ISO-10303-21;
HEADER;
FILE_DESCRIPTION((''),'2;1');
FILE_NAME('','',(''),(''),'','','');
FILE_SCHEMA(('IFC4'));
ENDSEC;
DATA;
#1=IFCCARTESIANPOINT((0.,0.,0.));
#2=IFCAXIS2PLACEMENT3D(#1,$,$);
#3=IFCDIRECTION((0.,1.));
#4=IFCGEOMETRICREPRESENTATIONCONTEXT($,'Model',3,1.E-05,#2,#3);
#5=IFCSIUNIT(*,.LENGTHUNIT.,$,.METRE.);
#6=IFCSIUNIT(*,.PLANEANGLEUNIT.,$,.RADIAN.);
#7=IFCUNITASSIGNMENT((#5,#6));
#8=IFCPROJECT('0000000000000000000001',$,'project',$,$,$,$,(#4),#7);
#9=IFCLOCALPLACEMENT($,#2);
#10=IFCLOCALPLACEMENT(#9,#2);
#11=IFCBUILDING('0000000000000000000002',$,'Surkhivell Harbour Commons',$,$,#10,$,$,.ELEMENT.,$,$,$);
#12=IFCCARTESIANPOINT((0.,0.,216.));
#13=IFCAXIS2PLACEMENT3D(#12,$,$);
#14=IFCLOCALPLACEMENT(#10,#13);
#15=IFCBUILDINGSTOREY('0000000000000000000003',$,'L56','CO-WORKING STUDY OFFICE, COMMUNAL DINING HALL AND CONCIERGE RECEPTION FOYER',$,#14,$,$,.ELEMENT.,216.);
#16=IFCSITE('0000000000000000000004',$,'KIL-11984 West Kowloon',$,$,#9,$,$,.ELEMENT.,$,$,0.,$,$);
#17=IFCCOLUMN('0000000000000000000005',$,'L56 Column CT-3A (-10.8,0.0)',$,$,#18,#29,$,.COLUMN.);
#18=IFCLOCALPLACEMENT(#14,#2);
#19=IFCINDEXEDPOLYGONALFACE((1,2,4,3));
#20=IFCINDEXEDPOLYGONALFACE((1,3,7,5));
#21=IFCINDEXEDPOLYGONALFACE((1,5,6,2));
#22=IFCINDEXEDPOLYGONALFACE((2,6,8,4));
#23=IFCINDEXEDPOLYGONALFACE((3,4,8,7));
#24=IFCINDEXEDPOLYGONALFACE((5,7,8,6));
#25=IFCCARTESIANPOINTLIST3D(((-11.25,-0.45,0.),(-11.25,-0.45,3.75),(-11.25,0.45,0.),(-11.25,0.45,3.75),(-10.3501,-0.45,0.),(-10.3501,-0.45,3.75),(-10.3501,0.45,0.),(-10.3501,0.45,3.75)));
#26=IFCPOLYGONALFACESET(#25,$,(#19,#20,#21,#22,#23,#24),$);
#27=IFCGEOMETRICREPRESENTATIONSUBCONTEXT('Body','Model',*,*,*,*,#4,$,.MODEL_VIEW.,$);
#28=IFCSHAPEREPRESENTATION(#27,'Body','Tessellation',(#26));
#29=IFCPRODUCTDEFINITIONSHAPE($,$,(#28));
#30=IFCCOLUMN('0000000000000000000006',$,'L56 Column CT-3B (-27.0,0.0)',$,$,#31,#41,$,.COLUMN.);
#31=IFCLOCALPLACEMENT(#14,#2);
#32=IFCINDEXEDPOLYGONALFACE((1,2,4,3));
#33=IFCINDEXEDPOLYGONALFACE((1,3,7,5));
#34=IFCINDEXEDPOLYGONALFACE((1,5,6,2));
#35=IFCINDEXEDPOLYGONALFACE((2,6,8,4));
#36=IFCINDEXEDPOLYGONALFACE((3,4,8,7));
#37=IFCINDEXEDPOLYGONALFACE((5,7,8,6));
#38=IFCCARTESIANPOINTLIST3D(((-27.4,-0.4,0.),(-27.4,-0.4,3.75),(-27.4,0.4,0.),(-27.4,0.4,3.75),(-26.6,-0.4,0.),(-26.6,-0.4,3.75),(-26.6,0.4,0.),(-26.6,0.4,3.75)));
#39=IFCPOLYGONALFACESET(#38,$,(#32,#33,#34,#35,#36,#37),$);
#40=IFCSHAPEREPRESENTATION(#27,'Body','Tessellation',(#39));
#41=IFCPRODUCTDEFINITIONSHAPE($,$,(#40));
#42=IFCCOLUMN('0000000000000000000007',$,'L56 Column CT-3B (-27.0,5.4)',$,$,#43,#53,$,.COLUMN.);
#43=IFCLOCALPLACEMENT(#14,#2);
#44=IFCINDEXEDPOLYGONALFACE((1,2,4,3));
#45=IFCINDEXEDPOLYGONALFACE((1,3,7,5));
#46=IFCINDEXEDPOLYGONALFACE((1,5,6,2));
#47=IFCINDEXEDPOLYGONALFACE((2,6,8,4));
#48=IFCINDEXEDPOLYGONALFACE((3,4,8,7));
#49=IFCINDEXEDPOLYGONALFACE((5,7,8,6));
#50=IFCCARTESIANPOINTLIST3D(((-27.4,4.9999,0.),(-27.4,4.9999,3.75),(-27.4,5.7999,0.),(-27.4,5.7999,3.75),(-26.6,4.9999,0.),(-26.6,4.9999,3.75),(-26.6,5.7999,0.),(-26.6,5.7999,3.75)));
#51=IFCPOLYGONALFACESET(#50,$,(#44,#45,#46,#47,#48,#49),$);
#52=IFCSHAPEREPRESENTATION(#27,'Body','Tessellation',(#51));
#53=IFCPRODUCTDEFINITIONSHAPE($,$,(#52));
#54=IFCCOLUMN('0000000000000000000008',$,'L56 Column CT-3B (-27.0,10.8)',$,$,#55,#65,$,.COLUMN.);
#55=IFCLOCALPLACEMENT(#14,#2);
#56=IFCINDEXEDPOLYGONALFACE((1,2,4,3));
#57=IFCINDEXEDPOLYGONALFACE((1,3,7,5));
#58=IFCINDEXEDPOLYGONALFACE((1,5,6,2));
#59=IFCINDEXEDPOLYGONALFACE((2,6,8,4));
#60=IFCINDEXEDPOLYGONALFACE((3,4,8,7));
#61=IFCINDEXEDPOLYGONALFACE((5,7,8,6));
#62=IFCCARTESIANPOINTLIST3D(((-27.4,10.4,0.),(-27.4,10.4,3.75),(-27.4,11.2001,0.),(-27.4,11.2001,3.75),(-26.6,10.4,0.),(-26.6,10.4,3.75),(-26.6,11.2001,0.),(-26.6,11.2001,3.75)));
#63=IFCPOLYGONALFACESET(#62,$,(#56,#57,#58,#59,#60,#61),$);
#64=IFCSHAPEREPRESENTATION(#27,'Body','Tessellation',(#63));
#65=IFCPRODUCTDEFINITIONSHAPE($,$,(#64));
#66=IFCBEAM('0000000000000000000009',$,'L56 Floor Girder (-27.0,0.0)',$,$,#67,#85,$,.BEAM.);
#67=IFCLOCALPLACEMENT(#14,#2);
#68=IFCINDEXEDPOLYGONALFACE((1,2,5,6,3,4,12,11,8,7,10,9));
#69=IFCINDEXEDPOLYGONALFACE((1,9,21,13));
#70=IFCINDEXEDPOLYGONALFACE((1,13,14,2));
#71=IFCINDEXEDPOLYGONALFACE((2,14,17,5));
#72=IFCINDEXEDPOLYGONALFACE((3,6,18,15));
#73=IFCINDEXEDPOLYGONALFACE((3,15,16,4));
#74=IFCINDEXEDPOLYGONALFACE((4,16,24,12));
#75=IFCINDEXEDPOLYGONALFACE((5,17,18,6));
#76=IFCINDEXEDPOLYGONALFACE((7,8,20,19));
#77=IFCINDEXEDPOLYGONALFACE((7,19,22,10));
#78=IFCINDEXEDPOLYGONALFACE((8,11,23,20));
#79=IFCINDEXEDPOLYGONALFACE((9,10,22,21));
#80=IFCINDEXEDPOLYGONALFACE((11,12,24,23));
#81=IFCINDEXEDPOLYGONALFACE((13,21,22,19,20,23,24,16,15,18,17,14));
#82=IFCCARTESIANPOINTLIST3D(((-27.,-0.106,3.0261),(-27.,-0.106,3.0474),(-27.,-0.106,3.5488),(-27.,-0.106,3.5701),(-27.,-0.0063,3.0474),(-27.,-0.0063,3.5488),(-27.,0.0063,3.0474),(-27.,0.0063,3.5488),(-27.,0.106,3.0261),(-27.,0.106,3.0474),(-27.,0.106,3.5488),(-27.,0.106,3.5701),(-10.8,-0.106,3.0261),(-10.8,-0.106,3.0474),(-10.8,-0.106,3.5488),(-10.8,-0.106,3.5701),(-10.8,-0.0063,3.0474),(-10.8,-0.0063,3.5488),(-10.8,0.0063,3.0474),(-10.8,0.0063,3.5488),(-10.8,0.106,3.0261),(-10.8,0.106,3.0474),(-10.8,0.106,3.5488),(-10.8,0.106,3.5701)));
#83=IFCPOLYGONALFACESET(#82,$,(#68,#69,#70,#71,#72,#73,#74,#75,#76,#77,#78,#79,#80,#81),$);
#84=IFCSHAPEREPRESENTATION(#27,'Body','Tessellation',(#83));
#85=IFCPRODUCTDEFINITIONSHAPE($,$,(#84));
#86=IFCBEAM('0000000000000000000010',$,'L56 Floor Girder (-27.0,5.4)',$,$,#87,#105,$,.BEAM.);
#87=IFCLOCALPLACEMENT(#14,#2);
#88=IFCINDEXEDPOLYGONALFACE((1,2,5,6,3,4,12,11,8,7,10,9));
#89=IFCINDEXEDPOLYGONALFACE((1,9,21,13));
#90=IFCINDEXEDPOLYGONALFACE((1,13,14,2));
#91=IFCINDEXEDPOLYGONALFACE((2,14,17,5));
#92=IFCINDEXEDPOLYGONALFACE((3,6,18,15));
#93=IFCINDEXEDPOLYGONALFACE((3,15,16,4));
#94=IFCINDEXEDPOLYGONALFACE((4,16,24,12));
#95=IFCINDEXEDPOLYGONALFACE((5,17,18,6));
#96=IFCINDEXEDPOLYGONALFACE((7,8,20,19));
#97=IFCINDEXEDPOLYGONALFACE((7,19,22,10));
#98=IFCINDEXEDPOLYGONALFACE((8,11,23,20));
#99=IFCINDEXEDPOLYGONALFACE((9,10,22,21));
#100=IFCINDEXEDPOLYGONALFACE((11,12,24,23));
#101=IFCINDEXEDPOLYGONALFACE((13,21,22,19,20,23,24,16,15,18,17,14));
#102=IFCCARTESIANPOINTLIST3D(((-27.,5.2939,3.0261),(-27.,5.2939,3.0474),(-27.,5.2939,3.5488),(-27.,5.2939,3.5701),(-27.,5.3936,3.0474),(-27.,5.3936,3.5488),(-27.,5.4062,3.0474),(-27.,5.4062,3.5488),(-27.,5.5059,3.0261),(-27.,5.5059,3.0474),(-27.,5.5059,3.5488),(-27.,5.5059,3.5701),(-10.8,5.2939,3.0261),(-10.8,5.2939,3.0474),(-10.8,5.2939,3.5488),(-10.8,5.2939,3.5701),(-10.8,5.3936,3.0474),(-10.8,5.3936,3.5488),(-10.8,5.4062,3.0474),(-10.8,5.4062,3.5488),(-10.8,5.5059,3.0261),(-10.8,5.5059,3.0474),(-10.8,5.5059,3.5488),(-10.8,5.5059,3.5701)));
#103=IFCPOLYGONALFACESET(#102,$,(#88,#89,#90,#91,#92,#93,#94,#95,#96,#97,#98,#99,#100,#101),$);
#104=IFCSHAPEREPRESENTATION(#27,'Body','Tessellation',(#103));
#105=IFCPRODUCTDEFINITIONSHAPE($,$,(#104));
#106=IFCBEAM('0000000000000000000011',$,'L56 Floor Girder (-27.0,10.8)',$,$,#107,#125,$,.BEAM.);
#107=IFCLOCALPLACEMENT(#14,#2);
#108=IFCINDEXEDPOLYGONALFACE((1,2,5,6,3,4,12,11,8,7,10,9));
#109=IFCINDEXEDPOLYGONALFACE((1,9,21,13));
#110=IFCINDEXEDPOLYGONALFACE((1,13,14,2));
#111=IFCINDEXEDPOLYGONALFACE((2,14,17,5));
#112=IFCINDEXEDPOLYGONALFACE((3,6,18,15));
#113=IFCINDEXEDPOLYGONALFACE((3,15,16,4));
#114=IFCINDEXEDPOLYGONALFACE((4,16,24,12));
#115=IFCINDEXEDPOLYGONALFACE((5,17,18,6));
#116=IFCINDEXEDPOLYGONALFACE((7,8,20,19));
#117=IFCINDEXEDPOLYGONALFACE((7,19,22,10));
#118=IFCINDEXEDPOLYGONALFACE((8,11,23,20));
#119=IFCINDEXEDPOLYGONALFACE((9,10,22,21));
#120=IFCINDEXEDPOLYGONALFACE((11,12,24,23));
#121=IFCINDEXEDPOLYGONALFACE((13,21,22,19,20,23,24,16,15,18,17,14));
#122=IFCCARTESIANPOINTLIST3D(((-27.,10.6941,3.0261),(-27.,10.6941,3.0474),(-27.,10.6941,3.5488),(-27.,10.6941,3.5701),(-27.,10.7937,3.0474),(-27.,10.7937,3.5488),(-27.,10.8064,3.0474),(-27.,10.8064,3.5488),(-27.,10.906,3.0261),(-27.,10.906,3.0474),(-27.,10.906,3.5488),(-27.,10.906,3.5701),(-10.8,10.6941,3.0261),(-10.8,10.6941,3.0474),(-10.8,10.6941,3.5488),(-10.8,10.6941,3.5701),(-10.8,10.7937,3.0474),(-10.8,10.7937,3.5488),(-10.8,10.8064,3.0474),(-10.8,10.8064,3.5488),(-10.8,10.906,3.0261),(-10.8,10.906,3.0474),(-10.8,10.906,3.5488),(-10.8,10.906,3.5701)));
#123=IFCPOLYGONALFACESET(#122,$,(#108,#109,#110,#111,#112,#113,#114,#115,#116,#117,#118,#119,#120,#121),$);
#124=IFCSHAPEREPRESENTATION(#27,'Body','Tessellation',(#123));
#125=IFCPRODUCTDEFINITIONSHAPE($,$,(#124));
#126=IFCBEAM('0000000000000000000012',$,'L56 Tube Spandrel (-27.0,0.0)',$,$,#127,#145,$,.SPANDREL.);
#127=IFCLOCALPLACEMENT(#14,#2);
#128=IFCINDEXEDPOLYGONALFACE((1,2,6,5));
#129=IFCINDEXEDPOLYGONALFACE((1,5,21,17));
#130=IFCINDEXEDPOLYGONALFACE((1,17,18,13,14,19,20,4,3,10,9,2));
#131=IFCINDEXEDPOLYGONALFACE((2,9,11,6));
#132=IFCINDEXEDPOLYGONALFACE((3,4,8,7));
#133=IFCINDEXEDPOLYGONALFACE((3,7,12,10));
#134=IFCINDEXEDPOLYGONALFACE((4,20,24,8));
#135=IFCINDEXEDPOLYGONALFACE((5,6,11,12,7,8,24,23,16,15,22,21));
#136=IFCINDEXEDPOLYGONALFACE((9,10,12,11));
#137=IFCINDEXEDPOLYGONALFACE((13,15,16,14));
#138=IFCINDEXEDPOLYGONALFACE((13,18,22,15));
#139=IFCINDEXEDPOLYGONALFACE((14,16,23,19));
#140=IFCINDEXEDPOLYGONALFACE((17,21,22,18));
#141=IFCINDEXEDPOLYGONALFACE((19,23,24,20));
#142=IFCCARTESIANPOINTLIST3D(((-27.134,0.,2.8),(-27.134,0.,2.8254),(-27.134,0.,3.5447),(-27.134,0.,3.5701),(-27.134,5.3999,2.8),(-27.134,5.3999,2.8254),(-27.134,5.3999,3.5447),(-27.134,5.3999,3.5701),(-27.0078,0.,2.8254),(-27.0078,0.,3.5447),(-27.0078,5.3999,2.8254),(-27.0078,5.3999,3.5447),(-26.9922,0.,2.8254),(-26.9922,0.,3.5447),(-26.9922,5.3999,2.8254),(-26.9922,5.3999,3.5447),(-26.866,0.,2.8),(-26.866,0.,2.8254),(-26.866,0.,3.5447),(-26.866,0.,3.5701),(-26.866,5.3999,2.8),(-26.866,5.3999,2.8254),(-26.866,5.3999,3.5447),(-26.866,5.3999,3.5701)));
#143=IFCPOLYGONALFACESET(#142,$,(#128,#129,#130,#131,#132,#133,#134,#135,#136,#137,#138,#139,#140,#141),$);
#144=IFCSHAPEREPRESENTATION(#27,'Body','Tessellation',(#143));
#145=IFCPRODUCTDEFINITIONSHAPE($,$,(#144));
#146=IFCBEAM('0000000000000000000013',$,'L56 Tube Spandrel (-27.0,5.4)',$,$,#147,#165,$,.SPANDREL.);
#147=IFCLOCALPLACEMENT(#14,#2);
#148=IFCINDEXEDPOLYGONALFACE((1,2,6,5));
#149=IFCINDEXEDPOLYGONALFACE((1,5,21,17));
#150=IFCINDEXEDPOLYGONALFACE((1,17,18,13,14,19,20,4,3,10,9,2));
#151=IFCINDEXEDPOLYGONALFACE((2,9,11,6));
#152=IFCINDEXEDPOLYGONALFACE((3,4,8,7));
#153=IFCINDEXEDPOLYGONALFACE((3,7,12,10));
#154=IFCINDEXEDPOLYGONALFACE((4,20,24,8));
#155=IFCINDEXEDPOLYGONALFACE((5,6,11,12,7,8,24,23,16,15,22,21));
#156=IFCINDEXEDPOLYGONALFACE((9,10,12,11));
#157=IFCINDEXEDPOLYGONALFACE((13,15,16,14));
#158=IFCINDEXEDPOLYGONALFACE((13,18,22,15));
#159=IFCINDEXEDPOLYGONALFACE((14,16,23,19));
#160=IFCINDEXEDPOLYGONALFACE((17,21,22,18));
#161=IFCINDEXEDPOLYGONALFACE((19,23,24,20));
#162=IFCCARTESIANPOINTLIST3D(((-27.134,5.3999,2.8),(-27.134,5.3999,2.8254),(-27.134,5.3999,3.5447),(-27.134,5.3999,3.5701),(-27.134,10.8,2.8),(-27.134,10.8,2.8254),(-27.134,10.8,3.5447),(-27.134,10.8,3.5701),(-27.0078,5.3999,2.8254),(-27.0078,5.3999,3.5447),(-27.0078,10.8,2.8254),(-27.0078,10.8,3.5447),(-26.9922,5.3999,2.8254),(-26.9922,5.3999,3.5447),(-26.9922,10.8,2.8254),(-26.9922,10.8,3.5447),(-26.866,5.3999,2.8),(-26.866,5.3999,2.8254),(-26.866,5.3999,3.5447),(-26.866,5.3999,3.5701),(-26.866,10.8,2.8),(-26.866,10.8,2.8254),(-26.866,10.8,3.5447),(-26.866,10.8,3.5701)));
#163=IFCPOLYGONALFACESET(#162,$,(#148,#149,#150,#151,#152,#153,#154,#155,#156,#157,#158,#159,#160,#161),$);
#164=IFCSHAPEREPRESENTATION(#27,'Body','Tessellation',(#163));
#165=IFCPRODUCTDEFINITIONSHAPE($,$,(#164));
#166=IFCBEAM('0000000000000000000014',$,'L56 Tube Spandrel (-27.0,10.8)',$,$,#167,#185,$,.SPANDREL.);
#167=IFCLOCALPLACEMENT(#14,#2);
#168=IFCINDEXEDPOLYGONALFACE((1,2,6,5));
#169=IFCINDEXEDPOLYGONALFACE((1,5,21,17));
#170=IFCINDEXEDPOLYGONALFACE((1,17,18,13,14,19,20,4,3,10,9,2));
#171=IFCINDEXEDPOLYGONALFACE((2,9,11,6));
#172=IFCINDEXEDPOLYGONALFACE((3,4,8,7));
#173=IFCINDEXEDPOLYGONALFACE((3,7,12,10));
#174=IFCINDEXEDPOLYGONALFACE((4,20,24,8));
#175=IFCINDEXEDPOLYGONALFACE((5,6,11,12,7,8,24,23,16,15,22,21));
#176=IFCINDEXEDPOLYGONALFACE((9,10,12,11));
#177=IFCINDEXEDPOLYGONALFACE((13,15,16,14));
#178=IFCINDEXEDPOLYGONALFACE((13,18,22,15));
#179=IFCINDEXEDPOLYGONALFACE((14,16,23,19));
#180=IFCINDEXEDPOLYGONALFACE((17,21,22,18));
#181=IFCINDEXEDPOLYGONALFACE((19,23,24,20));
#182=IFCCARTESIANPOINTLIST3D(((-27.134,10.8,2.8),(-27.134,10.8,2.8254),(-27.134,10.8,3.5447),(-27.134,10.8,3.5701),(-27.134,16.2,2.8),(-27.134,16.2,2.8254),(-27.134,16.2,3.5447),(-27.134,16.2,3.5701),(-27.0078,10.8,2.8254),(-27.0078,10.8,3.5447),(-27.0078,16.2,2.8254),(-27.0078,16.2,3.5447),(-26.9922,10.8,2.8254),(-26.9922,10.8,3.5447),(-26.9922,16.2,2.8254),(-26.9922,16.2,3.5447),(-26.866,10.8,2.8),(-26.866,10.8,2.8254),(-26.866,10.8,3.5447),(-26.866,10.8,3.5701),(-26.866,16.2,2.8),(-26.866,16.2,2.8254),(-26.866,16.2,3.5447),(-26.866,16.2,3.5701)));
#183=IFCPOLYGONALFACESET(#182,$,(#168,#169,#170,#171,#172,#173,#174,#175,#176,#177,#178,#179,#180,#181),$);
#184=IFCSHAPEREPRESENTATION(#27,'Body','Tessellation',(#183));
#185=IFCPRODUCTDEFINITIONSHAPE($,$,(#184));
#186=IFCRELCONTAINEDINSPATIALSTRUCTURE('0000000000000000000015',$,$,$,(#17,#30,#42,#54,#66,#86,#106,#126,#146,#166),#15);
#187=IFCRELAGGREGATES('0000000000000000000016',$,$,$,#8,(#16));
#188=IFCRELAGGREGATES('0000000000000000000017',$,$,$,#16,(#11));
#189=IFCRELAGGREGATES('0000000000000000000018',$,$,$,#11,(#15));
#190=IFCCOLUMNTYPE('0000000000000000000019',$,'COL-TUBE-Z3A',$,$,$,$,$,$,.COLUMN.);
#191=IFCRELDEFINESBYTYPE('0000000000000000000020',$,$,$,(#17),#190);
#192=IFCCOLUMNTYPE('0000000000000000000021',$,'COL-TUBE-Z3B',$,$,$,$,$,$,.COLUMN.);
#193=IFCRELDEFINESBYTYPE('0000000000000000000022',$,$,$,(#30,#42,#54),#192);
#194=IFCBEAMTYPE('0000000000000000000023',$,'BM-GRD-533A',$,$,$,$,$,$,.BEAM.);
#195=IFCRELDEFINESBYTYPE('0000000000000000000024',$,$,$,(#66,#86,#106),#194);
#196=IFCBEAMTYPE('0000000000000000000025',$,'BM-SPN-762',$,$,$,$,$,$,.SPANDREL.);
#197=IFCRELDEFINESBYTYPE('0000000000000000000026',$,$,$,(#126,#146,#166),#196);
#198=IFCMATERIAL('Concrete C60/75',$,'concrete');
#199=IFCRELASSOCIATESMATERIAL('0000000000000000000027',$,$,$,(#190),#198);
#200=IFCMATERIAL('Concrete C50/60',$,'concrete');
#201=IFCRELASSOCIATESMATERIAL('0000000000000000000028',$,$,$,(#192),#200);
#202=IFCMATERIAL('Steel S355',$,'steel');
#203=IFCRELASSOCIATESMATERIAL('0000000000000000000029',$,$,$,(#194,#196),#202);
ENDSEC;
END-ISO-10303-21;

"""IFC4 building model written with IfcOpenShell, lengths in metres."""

from ifc_helpers import new_model, si_unit, direction, frame, origin, origin_2d, place, context, subcontext, project, spatial, rectangle, i_section, extrude, material, material_profile, profile_set, type_object, element, save


model = new_model("IFC4")

# Units and contexts
model_context = context("Model", 3, precision=1e-05, world=origin(), true_north=direction((0.0, 1.0)))
body_context = subcontext(model_context, "Body", "Model", "MODEL_VIEW")
ifc_project = project(units=[si_unit("LENGTHUNIT", "METRE"), si_unit("PLANEANGLEUNIT", "RADIAN")], contexts=[model_context])

# Site, building, storey
site_placement = place(None, origin())
site = spatial("IfcSite", under=ifc_project, at=site_placement, Name="KIL-11984 West Kowloon", CompositionType="ELEMENT", RefElevation=0.0)
building_placement = place(site_placement, origin())
building = spatial("IfcBuilding", under=site, at=building_placement, Name="Surkhivell Harbour Commons", CompositionType="ELEMENT")
storey_placement = place(building_placement, frame((0.0, 0.0, 216.0)))
storey = spatial("IfcBuildingStorey", under=building, at=storey_placement, Name="L56", Description="CO-WORKING STUDY OFFICE, COMMUNAL DINING HALL AND CONCIERGE RECEPTION FOYER", CompositionType="ELEMENT", Elevation=216.0)

# Columns
ifc_material_1 = material(Name="Concrete C60/75", Category="concrete")
ifc_material_profile_1 = material_profile(ifc_material_1, rectangle(XDim=0.8999, YDim=0.8999, at=origin_2d()), Name="RC-COL-900x900")
ifc_profile_set_1 = profile_set([ifc_material_profile_1], Name="Concrete C60/75")
column_type_1 = type_object("IfcColumnType", Name="COL-TUBE-Z3A", PredefinedType="COLUMN", material=ifc_profile_set_1)
column_placement = place(storey_placement, frame((-10.8, 0.0, 0.0), z_axis=(0.0, 0.0, 1.0), x_axis=(1.0, 0.0, 0.0)))
element("IfcColumn", 1, at=column_placement, inside=storey, type_object=column_type_1, Name="L56 Column CT-3A (-10.8,0.0)", PredefinedType="COLUMN", context=body_context, shape_type="SweptSolid", body=[
    extrude(rectangle(XDim=0.8999, YDim=0.8999, at=origin_2d()), origin(), (0.0, 0.0, 1.0), 3.75),
])
ifc_material_2 = material(Name="Concrete C50/60", Category="concrete")
ifc_material_profile_2 = material_profile(ifc_material_2, rectangle(XDim=0.8, YDim=0.8, at=origin_2d()), Name="RC-COL-800x800")
ifc_profile_set_2 = profile_set([ifc_material_profile_2], Name="Concrete C50/60")
column_type_2 = type_object("IfcColumnType", Name="COL-TUBE-Z3B", PredefinedType="COLUMN", material=ifc_profile_set_2)
for number, where, z_axis, x_axis, name in (
    (2, (-27.0, 0.0, 0.0), (0.0, 0.0, 1.0), (1.0, 0.0, 0.0), "L56 Column CT-3B (-27.0,0.0)"),
    (3, (-27.0, 5.3999, 0.0), (0.0, 0.0, 1.0), (1.0, 0.0, 0.0), "L56 Column CT-3B (-27.0,5.4)"),
    (4, (-27.0, 10.8, 0.0), (0.0, 0.0, 1.0), (1.0, 0.0, 0.0), "L56 Column CT-3B (-27.0,10.8)"),
):
    element("IfcColumn", number, at=place(storey_placement, frame(where, z_axis=z_axis, x_axis=x_axis)), inside=storey, type_object=column_type_2, Name=name, PredefinedType="COLUMN", context=body_context, shape_type="SweptSolid", body=[
        extrude(rectangle(XDim=0.8, YDim=0.8, at=origin_2d()), origin(), (0.0, 0.0, 1.0), 3.75),
    ])

# Beams
ifc_material_3 = material(Name="Steel S355", Category="steel")
ifc_material_profile_3 = material_profile(ifc_material_3, i_section(OverallWidth=0.2119, OverallDepth=0.5439, WebThickness=0.0127, FlangeThickness=0.0212, at=origin_2d()), Name="UB533x210x122")
ifc_profile_set_3 = profile_set([ifc_material_profile_3], Name="Steel S355")
beam_type_1 = type_object("IfcBeamType", Name="BM-GRD-533A", PredefinedType="BEAM", material=ifc_profile_set_3)
for number, where, z_axis, x_axis, name in (
    (5, (-27.0, 0.0, 3.2981), (1.0, 0.0, 0.0), (0.0, 1.0, 0.0), "L56 Floor Girder (-27.0,0.0)"),
    (6, (-27.0, 5.3999, 3.2981), (1.0, 0.0, 0.0), (0.0, 1.0, 0.0), "L56 Floor Girder (-27.0,5.4)"),
    (7, (-27.0, 10.8, 3.2981), (1.0, 0.0, 0.0), (0.0, 1.0, 0.0), "L56 Floor Girder (-27.0,10.8)"),
):
    element("IfcBeam", number, at=place(storey_placement, frame(where, z_axis=z_axis, x_axis=x_axis)), inside=storey, type_object=beam_type_1, Name=name, PredefinedType="BEAM", context=body_context, shape_type="SweptSolid", body=[
        extrude(i_section(OverallWidth=0.2119, OverallDepth=0.5439, WebThickness=0.0127, FlangeThickness=0.0212, at=origin_2d()), origin(), (0.0, 0.0, 1.0), 16.2),
    ])
ifc_material_profile_4 = material_profile(ifc_material_3, i_section(OverallWidth=0.2681, OverallDepth=0.77, WebThickness=0.0156, FlangeThickness=0.0254, at=origin_2d()), Name="UB762x267x197")
ifc_profile_set_4 = profile_set([ifc_material_profile_4], Name="Steel S355")
beam_type_2 = type_object("IfcBeamType", Name="BM-SPN-762", PredefinedType="SPANDREL", material=ifc_profile_set_4)
beam_1_placement = place(storey_placement, frame((-27.0, 0.0, 3.1851), z_axis=(0.0, 1.0, 0.0), x_axis=(-1.0, 0.0, 0.0)))
element("IfcBeam", 8, at=beam_1_placement, inside=storey, type_object=beam_type_2, Name="L56 Tube Spandrel (-27.0,0.0)", PredefinedType="SPANDREL", context=body_context, shape_type="SweptSolid", body=[
    extrude(i_section(OverallWidth=0.2681, OverallDepth=0.77, WebThickness=0.0156, FlangeThickness=0.0254, at=origin_2d()), origin(), (0.0, 0.0, 1.0), 5.3999),
])
beam_2_placement = place(storey_placement, frame((-27.0, 5.3999, 3.1851), z_axis=(0.0, 1.0, 0.0), x_axis=(-1.0, 0.0, 0.0)))
element("IfcBeam", 9, at=beam_2_placement, inside=storey, type_object=beam_type_2, Name="L56 Tube Spandrel (-27.0,5.4)", PredefinedType="SPANDREL", context=body_context, shape_type="SweptSolid", body=[
    extrude(i_section(OverallWidth=0.2681, OverallDepth=0.77, WebThickness=0.0156, FlangeThickness=0.0254, at=origin_2d()), origin(), (0.0, 0.0, 1.0), 5.4001),
])
beam_3_placement = place(storey_placement, frame((-27.0, 10.8, 3.1851), z_axis=(0.0, 1.0, 0.0), x_axis=(-1.0, 0.0, 0.0)))
element("IfcBeam", 10, at=beam_3_placement, inside=storey, type_object=beam_type_2, Name="L56 Tube Spandrel (-27.0,10.8)", PredefinedType="SPANDREL", context=body_context, shape_type="SweptSolid", body=[
    extrude(i_section(OverallWidth=0.2681, OverallDepth=0.77, WebThickness=0.0156, FlangeThickness=0.0254, at=origin_2d()), origin(), (0.0, 0.0, 1.0), 5.3999),
])

save(model, "model.ifc")
